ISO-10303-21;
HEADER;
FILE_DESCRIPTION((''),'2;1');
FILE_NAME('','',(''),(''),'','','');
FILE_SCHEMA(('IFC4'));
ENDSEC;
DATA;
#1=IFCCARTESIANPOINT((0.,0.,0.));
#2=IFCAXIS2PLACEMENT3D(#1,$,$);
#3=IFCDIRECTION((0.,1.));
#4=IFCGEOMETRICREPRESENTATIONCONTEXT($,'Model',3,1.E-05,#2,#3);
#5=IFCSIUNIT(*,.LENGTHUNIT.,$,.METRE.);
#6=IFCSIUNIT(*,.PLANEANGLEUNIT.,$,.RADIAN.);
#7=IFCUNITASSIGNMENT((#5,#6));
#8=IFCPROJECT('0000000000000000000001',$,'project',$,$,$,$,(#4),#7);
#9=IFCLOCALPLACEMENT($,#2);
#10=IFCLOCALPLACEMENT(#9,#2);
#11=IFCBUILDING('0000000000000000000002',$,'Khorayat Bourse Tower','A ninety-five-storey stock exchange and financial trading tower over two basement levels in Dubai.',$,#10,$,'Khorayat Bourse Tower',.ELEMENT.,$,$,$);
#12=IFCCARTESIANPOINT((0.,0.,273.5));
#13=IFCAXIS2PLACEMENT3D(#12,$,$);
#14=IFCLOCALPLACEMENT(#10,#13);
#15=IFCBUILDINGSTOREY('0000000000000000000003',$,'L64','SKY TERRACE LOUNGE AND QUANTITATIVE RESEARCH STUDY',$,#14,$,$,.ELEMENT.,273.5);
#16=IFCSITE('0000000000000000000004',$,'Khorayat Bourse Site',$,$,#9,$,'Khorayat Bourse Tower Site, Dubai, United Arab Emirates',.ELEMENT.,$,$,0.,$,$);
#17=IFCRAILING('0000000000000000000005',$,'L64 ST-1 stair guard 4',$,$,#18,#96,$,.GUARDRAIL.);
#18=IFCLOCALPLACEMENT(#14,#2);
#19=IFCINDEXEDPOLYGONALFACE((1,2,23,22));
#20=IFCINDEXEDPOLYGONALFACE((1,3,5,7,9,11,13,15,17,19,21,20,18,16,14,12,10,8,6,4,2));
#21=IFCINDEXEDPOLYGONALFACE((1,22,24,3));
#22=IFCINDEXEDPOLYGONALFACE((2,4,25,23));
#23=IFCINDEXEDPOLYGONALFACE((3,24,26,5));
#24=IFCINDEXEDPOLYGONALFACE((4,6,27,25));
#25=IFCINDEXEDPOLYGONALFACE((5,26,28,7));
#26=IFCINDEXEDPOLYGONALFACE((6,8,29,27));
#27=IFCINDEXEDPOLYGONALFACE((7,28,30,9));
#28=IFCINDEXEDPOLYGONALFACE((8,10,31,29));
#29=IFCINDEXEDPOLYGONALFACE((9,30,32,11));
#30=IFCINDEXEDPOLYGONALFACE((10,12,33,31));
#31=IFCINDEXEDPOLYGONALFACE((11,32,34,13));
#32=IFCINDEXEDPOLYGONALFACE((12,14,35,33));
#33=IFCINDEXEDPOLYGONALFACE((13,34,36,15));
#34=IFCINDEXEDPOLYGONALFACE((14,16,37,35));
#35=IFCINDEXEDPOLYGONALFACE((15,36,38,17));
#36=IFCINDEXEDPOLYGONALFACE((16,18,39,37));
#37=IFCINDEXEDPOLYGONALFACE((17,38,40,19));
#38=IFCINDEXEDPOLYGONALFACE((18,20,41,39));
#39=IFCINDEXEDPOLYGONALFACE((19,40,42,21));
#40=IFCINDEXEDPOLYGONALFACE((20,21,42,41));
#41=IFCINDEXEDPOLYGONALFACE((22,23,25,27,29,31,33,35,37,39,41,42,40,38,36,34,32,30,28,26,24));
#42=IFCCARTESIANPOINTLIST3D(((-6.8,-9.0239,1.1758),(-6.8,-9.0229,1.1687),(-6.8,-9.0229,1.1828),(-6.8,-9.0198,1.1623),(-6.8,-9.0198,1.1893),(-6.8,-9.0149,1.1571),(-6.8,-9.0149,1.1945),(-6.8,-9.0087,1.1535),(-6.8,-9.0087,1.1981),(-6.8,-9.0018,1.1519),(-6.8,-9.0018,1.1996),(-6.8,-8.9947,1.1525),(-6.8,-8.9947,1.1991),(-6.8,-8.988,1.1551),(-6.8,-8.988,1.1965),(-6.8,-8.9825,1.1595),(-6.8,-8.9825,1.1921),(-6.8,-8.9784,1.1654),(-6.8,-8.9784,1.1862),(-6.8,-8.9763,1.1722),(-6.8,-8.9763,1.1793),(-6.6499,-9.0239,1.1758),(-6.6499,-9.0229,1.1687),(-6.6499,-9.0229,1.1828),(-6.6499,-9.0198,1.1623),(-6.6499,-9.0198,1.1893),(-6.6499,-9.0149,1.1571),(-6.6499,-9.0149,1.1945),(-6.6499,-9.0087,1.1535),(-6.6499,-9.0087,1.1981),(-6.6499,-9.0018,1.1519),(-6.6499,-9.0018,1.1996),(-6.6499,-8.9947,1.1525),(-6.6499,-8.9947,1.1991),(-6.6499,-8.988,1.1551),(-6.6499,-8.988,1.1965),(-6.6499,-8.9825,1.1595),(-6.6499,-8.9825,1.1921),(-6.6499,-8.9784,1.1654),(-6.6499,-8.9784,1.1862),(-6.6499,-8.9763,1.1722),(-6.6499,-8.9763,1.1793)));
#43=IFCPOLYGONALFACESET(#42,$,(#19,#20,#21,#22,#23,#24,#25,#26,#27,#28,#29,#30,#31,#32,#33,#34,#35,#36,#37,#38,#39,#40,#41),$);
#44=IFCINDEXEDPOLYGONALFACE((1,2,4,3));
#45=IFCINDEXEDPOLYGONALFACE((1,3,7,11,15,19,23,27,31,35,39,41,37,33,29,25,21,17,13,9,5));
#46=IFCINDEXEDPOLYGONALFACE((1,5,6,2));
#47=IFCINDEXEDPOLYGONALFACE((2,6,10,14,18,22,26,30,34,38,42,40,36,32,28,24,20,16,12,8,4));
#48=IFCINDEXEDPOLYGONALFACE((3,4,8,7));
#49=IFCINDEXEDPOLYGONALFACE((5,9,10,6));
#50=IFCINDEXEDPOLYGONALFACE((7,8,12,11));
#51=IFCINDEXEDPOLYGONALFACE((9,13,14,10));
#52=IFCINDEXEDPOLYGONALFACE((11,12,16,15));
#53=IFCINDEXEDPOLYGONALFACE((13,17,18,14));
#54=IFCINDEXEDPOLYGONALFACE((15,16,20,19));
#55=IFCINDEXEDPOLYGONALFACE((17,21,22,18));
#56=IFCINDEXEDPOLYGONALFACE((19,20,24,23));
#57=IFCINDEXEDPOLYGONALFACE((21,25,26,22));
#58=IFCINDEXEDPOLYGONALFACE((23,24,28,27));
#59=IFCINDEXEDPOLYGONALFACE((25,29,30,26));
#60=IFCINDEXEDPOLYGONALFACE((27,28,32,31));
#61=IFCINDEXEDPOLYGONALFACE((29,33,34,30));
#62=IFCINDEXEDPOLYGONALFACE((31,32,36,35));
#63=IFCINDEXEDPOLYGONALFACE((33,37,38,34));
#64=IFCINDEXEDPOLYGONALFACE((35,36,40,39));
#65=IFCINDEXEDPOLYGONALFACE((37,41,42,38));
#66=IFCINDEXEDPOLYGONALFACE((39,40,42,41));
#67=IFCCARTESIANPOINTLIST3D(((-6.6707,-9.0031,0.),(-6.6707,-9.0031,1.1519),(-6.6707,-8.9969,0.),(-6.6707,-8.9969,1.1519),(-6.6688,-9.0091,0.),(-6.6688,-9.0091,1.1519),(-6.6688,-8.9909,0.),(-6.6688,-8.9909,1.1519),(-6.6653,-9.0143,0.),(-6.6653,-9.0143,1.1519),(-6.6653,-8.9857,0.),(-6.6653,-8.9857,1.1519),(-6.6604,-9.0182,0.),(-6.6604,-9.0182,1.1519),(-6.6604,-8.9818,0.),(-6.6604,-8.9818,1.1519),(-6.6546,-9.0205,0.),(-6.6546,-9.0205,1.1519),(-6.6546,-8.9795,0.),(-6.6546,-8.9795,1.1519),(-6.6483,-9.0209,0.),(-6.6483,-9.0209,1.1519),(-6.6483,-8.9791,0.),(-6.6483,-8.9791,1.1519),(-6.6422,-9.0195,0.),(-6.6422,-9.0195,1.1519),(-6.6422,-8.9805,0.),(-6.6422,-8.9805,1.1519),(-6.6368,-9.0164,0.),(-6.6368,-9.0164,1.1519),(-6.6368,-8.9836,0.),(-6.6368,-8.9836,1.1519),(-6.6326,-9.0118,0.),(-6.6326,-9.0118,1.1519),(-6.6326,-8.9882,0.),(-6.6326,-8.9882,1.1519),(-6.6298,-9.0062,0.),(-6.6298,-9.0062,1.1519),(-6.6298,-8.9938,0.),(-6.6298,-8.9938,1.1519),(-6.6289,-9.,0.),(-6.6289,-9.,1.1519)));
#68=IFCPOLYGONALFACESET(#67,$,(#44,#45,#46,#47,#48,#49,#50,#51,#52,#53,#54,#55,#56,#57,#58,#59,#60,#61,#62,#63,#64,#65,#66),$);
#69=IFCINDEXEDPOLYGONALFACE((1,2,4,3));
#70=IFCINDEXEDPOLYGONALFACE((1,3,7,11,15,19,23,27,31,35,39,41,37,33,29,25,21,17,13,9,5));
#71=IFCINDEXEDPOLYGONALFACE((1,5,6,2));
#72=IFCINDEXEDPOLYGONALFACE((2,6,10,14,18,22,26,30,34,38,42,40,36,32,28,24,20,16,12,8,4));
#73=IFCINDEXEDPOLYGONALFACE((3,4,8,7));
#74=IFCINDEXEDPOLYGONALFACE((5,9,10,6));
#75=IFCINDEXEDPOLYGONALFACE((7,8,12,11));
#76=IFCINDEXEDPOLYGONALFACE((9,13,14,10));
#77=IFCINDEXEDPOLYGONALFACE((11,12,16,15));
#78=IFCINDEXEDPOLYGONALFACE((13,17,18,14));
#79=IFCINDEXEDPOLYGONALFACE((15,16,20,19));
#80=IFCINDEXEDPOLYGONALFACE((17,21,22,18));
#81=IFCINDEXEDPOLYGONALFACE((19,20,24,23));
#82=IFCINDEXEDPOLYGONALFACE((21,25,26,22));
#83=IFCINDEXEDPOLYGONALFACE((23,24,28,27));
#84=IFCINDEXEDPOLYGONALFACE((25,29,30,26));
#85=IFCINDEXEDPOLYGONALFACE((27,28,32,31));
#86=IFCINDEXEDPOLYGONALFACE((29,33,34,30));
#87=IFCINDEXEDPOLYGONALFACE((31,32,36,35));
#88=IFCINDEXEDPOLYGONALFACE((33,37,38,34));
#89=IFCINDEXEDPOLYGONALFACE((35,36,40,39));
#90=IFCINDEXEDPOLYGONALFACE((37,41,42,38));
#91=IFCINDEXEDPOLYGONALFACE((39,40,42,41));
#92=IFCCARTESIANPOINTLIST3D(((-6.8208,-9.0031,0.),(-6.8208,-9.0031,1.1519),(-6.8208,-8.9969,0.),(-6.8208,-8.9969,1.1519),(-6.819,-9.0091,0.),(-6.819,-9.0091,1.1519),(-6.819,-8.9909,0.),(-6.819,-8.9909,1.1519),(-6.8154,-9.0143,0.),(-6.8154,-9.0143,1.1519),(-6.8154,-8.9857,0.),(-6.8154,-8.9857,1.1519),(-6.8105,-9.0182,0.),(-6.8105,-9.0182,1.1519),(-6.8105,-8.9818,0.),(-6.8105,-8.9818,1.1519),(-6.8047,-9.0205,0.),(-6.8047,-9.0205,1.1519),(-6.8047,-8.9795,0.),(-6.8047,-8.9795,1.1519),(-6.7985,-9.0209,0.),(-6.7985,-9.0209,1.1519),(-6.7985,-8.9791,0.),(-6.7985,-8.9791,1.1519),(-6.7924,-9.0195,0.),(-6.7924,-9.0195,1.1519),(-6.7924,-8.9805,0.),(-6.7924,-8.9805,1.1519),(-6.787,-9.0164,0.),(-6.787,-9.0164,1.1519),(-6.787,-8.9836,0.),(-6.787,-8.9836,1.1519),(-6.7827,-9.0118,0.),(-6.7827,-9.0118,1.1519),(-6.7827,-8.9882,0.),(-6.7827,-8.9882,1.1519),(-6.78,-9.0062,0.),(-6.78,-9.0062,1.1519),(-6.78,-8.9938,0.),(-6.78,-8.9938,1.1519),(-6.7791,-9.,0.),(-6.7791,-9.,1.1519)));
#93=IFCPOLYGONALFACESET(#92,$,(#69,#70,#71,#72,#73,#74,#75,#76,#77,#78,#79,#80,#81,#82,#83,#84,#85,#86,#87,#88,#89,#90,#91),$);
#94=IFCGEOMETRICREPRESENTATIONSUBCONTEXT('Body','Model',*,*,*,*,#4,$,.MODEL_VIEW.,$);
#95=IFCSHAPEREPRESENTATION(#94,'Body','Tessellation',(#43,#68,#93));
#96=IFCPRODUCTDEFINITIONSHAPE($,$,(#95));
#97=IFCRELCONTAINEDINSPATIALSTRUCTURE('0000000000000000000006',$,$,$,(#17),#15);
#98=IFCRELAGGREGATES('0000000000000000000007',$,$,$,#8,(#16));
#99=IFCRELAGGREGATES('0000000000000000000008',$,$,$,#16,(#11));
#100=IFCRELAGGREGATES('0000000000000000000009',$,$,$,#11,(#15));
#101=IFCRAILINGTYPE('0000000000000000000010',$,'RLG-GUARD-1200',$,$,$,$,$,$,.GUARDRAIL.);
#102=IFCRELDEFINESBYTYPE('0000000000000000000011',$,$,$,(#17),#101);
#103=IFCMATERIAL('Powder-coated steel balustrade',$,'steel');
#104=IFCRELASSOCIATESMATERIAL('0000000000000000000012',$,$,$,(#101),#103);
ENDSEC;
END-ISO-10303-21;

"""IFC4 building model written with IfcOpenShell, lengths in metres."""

from ifc_helpers import new_model, si_unit, direction, frame, origin, origin_2d, place, context, subcontext, project, spatial, circle, extrude, source, transform, mapped, material, type_object, element, save


model = new_model("IFC4")

# Units and contexts
model_context = context("Model", 3, precision=1e-05, world=origin(), true_north=direction((0.0, 1.0)))
body_context = subcontext(model_context, "Body", "Model", "MODEL_VIEW")
ifc_project = project(units=[si_unit("LENGTHUNIT", "METRE"), si_unit("PLANEANGLEUNIT", "RADIAN")], contexts=[model_context])

# Site, building, storey
site_placement = place(None, origin())
site = spatial("IfcSite", under=ifc_project, at=site_placement, Name="Khorayat Bourse Site", LongName="Khorayat Bourse Tower Site, Dubai, United Arab Emirates", CompositionType="ELEMENT", RefElevation=0.0)
building_placement = place(site_placement, origin())
building = spatial("IfcBuilding", under=site, at=building_placement, Name="Khorayat Bourse Tower", Description="A ninety-five-storey stock exchange and financial trading tower over two basement levels in Dubai.", LongName="Khorayat Bourse Tower", CompositionType="ELEMENT")
storey_placement = place(building_placement, frame((0.0, 0.0, 273.5)))
storey = spatial("IfcBuildingStorey", under=building, at=storey_placement, Name="L64", Description="SKY TERRACE LOUNGE AND QUANTITATIVE RESEARCH STUDY", CompositionType="ELEMENT", Elevation=273.5)

# Railing
ifc_material_1 = material(Name="Powder-coated steel balustrade", Category="steel")
railing_type_1 = type_object("IfcRailingType", Name="RLG-GUARD-1200", PredefinedType="GUARDRAIL", material=ifc_material_1)
shared_shape_1 = source(origin(), body_context, "Body", "SweptSolid", [
    extrude(circle(Radius=0.0239, at=origin_2d()), frame((0.0, 0.0, 1.1758), z_axis=(-1.0, 0.0, 0.0), x_axis=(0.0, -1.0, 0.0)), (0.0, 0.0, 1.0), 0.1501),
    extrude(circle(Radius=0.021, at=origin_2d()), origin(), (0.0, 0.0, 1.0), 1.1519),
    extrude(circle(Radius=0.021, at=origin_2d()), frame((-0.1501, 0.0, 0.0)), (0.0, 0.0, 1.0), 1.1519),
])
for number, where, name in (
    (1, (-6.6499, -9.0, 0.0), "L64 ST-1 stair guard 4"),
):
    element("IfcRailing", number, at=place(storey_placement, frame(where)), inside=storey, type_object=railing_type_1, Name=name, PredefinedType="GUARDRAIL", context=body_context, shape_type="MappedRepresentation", body=[
        mapped(shared_shape_1, transform((0.0, 0.0, 0.0), scale=1.0)),
    ])

save(model, "model.ifc")
